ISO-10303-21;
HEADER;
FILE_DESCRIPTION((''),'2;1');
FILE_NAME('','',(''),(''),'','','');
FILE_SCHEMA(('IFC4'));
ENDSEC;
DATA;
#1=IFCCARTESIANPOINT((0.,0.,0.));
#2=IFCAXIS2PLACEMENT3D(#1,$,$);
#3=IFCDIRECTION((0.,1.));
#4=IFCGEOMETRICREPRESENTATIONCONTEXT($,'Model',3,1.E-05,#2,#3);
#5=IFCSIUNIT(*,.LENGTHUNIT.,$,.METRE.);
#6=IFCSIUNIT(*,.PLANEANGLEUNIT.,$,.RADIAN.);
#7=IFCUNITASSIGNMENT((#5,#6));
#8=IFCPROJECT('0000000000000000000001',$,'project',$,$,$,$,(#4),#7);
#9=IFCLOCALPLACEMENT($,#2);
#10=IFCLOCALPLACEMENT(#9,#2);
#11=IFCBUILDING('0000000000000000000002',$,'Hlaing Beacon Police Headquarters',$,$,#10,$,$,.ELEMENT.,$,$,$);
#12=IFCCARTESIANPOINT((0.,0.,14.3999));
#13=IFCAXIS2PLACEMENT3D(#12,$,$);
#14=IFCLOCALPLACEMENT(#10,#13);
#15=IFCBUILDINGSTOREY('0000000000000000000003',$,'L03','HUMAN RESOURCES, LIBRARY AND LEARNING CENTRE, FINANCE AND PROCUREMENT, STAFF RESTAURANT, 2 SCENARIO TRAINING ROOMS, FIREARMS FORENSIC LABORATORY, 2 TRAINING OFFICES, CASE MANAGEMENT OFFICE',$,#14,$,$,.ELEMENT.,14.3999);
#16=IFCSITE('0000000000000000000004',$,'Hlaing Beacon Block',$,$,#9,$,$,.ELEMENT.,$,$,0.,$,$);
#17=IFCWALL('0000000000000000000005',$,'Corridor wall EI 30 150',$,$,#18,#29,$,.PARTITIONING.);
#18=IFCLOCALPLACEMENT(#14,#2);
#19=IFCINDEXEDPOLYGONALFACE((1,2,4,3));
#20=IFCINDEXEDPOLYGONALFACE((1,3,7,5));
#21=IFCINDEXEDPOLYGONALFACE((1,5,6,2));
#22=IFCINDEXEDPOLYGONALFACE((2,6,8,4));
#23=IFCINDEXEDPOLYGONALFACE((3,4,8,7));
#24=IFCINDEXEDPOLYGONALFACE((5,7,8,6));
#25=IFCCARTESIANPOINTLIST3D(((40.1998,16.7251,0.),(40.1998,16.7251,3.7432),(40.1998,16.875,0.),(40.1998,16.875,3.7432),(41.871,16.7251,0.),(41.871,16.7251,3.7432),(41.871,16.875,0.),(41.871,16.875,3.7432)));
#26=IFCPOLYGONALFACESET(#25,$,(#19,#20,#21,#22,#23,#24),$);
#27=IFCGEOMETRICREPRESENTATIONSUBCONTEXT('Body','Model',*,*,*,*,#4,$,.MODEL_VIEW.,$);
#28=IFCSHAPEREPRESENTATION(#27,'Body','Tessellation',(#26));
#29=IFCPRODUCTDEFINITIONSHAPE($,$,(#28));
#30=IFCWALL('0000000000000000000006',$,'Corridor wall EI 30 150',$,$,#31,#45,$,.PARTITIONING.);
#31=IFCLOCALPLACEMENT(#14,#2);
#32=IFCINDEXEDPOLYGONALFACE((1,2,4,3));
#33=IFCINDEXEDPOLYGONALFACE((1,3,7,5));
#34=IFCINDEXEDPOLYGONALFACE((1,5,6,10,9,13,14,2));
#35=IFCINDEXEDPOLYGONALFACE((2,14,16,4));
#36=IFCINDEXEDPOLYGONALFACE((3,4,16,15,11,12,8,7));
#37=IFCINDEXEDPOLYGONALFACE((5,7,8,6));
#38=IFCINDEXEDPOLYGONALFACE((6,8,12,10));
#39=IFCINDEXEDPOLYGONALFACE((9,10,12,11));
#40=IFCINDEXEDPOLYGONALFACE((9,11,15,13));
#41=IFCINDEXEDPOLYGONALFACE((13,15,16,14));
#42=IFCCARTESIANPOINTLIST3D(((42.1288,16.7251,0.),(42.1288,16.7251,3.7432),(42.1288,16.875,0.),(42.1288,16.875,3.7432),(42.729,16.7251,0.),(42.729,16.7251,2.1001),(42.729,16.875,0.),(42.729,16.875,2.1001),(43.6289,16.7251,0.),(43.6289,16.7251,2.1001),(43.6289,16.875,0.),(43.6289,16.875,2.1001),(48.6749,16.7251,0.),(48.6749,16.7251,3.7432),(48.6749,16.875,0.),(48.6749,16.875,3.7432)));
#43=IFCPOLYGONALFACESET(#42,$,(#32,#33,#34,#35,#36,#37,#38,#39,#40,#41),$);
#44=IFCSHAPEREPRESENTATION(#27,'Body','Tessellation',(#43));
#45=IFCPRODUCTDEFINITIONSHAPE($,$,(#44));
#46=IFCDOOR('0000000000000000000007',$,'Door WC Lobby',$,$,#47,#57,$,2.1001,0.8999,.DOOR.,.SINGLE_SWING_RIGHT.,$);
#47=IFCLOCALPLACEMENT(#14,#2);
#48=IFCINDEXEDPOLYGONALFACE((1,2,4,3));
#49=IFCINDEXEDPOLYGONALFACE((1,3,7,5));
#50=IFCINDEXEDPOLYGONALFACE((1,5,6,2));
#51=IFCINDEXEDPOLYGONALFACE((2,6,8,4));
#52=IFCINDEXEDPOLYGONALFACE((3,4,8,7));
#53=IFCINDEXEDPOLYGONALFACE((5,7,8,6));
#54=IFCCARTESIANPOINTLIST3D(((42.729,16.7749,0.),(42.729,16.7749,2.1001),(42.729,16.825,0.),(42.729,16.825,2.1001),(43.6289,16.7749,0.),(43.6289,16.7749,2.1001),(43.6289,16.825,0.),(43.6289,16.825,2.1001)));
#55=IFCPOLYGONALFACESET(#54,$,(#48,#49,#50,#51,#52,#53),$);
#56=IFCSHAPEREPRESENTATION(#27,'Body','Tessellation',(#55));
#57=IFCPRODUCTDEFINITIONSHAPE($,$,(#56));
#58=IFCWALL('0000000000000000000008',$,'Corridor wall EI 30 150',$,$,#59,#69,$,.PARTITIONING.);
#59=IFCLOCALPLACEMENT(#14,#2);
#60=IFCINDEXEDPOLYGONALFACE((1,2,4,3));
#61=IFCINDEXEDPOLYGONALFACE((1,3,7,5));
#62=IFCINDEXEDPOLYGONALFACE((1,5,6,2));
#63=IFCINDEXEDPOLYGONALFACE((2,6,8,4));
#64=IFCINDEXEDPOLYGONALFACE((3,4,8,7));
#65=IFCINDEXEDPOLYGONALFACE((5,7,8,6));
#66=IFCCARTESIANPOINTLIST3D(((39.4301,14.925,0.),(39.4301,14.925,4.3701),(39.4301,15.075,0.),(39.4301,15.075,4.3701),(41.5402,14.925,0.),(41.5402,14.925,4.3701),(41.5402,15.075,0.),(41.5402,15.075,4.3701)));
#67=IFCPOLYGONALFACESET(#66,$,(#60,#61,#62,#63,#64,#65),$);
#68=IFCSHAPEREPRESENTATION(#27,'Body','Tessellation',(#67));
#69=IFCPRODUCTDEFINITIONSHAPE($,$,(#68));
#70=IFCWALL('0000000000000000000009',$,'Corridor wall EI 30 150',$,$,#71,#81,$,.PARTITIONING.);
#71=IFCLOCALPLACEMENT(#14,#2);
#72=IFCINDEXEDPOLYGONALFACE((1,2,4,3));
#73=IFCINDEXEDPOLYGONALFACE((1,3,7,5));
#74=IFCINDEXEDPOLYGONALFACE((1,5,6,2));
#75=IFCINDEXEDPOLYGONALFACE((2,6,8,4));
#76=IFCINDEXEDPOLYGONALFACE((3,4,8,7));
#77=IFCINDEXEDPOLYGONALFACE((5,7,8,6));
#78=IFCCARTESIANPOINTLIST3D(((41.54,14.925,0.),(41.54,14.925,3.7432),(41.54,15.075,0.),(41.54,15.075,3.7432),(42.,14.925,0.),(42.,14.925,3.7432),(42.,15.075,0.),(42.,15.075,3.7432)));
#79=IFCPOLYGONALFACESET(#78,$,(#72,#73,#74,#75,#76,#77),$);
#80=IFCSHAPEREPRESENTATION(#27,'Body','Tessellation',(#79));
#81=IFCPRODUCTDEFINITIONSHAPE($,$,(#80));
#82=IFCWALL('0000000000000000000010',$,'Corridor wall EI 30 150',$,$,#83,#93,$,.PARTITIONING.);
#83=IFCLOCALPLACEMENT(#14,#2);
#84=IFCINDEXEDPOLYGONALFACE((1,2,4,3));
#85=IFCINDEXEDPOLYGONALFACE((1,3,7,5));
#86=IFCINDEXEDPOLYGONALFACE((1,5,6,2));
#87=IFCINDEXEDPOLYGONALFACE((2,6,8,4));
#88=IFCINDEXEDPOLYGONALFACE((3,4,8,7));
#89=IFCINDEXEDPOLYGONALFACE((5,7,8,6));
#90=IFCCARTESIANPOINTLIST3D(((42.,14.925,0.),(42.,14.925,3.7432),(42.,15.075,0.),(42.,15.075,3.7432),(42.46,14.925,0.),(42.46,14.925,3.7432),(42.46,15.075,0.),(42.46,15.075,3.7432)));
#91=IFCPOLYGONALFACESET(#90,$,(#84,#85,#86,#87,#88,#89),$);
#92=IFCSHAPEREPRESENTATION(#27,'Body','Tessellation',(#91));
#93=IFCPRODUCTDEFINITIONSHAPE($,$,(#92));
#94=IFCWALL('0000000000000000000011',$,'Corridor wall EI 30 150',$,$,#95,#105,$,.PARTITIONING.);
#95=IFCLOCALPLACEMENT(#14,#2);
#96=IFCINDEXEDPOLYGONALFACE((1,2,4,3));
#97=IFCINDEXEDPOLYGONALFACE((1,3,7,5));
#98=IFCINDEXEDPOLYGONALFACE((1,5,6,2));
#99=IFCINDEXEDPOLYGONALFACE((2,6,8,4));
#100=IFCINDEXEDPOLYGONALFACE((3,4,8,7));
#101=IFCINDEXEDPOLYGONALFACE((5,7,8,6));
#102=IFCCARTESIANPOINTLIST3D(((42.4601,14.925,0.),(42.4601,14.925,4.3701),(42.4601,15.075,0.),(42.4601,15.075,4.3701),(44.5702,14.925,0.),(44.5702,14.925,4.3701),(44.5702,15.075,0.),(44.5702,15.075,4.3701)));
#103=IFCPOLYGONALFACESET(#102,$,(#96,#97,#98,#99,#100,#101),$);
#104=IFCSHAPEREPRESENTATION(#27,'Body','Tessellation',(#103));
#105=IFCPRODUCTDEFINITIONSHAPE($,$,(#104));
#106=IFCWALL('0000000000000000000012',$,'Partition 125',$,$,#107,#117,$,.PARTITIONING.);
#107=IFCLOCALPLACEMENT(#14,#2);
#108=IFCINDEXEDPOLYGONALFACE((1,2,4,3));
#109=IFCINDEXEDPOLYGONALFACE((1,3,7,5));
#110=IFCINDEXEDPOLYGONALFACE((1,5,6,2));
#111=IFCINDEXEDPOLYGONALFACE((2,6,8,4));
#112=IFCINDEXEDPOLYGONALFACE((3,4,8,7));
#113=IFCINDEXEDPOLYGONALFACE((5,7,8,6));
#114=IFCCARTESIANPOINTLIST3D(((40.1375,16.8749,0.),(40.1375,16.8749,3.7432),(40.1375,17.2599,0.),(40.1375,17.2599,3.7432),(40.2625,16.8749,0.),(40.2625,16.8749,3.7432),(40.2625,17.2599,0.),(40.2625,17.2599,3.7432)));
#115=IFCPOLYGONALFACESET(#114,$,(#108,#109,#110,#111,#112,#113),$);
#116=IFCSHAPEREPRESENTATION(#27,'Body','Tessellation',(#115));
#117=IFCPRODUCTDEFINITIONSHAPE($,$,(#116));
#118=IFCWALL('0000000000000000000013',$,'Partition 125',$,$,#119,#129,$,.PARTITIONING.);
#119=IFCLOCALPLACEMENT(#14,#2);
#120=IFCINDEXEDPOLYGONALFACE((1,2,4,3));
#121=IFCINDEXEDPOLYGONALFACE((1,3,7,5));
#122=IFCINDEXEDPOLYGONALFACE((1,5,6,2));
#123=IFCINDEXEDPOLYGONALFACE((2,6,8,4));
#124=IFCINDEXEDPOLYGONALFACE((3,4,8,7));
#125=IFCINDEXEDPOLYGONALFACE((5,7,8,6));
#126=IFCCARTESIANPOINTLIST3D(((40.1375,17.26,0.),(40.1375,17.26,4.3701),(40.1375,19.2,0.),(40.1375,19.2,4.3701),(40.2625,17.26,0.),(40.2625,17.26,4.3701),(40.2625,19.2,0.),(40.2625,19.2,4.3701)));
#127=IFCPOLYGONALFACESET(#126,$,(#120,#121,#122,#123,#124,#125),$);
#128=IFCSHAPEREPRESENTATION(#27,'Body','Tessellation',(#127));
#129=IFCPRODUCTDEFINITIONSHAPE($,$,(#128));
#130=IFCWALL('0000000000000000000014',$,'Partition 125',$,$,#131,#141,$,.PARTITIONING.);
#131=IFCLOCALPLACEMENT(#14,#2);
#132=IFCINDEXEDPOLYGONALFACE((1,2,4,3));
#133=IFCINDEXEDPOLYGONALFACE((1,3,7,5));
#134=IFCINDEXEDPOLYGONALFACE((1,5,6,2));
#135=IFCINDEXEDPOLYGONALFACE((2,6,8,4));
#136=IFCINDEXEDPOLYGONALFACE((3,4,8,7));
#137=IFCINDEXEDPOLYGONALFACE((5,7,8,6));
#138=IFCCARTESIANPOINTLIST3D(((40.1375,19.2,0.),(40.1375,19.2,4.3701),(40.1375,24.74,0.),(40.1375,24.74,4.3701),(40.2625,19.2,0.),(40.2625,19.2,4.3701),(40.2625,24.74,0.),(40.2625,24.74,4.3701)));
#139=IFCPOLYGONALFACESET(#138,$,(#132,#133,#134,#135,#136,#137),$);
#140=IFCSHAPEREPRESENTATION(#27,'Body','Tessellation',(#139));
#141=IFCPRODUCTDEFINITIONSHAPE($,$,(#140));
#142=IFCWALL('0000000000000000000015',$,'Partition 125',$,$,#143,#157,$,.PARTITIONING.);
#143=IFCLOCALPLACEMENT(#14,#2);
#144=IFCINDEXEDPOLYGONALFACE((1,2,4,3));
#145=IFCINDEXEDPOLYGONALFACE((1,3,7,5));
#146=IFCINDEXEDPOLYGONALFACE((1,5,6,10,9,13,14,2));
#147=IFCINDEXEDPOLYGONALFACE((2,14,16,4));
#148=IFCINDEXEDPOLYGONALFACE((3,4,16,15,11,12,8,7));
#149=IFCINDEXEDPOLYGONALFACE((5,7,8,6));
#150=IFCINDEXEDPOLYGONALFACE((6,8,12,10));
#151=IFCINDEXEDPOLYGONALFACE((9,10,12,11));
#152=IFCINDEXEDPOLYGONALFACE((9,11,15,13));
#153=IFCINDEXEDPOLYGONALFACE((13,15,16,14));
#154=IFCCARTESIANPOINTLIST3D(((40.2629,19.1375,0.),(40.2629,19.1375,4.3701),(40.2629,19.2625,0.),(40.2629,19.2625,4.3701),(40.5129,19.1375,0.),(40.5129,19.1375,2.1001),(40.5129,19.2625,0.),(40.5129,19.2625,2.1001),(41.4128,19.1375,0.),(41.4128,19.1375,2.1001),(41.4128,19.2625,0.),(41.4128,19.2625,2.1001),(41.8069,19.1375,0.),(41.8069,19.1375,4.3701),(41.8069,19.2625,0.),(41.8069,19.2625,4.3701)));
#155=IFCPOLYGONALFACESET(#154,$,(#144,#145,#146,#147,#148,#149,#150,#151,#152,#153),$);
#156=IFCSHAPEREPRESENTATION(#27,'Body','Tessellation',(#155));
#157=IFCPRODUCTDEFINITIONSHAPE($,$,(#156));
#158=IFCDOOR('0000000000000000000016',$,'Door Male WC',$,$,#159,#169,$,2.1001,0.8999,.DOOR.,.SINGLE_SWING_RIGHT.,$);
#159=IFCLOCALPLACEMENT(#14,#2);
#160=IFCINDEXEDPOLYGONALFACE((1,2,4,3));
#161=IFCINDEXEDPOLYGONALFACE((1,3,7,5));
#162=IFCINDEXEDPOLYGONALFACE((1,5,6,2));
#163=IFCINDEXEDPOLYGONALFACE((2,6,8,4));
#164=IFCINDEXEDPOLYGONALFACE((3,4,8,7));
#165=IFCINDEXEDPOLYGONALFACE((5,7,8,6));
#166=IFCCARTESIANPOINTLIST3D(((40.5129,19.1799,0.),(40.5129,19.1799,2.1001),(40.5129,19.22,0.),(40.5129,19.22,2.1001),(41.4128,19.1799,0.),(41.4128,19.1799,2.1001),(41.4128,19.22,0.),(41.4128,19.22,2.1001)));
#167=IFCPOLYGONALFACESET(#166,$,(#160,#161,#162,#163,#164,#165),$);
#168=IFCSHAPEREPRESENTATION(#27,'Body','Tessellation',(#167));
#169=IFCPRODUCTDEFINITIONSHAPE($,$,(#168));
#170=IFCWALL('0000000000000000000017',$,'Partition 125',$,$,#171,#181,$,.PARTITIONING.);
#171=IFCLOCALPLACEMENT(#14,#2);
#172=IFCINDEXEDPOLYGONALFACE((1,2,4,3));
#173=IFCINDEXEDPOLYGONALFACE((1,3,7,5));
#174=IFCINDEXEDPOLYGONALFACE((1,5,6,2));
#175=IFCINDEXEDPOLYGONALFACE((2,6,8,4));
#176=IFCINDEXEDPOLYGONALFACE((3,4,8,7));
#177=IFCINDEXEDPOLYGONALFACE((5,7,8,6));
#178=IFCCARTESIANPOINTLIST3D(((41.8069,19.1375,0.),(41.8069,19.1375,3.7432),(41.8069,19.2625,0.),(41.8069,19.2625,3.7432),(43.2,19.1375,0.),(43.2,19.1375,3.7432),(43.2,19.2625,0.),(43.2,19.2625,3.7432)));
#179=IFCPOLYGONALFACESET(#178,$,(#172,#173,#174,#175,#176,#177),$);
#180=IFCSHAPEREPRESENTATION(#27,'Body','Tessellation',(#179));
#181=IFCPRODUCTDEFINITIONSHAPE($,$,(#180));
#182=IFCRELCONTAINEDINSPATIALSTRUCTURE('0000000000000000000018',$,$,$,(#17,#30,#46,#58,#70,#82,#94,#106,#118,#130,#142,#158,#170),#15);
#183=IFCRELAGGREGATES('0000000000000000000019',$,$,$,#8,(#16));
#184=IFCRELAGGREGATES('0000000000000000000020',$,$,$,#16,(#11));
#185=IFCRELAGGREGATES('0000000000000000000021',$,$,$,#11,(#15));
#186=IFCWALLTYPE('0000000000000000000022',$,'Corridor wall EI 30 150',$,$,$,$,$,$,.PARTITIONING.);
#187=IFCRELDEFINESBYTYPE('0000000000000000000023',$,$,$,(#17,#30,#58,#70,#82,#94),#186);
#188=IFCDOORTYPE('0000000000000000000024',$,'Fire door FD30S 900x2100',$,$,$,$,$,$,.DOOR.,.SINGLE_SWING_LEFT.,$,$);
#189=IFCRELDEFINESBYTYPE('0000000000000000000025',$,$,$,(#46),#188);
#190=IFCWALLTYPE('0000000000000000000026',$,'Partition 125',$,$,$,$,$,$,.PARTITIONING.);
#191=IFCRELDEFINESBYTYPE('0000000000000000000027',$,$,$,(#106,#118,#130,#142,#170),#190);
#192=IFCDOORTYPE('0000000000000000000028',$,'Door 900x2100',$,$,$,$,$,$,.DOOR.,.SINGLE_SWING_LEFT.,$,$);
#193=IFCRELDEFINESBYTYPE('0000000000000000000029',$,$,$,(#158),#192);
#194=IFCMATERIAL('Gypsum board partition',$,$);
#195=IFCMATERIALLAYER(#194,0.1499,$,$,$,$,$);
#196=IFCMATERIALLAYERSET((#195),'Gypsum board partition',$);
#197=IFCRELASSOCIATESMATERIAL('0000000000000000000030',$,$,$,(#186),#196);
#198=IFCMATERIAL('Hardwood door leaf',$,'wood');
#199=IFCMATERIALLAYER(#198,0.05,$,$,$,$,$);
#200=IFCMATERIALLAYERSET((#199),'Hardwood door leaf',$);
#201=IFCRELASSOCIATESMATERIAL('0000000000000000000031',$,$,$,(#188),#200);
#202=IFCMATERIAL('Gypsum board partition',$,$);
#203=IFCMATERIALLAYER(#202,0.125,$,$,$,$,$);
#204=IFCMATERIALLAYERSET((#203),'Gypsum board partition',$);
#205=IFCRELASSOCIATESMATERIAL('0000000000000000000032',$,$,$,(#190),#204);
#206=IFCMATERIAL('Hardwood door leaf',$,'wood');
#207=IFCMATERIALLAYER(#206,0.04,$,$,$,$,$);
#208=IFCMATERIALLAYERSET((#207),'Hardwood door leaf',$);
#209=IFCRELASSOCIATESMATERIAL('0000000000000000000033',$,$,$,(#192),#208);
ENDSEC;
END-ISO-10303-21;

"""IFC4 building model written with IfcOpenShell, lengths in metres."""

from ifc_helpers import new_model, si_unit, direction, frame, frame_2d, origin, place, context, subcontext, project, spatial, rectangle, extrude, material, layer, layer_set, type_object, element, fill, save


model = new_model("IFC4")

# Units and contexts
model_context = context("Model", 3, precision=1e-05, world=origin(), true_north=direction((0.0, 1.0)))
body_context = subcontext(model_context, "Body", "Model", "MODEL_VIEW")
ifc_project = project(units=[si_unit("LENGTHUNIT", "METRE"), si_unit("PLANEANGLEUNIT", "RADIAN")], contexts=[model_context])

# Site, building, storey
site_placement = place(None, origin())
site = spatial("IfcSite", under=ifc_project, at=site_placement, Name="Hlaing Beacon Block", CompositionType="ELEMENT", RefElevation=0.0)
building_placement = place(site_placement, origin())
building = spatial("IfcBuilding", under=site, at=building_placement, Name="Hlaing Beacon Police Headquarters", CompositionType="ELEMENT")
storey_placement = place(building_placement, frame((0.0, 0.0, 14.3999)))
storey = spatial("IfcBuildingStorey", under=building, at=storey_placement, Name="L03", Description="HUMAN RESOURCES, LIBRARY AND LEARNING CENTRE, FINANCE AND PROCUREMENT, STAFF RESTAURANT, 2 SCENARIO TRAINING ROOMS, FIREARMS FORENSIC LABORATORY, 2 TRAINING OFFICES, CASE MANAGEMENT OFFICE", CompositionType="ELEMENT", Elevation=14.3999)

# Wall
ifc_material_1 = material(Name="Gypsum board partition")
ifc_layer_1 = layer(ifc_material_1, 0.1499)
ifc_layer_set_1 = layer_set([ifc_layer_1], Name="Gypsum board partition")
wall_type_1 = type_object("IfcWallType", Name="Corridor wall EI 30 150", PredefinedType="PARTITIONING", material=ifc_layer_set_1)
wall_1_placement = place(storey_placement, frame((40.2, 16.8, 0.0), z_axis=(0.0, 0.0, 1.0), x_axis=(1.0, 0.0, 0.0)))
element("IfcWall", 1, at=wall_1_placement, inside=storey, type_object=wall_type_1, Name="Corridor wall EI 30 150", PredefinedType="PARTITIONING", context=body_context, shape_type="SweptSolid", body=[
    extrude(rectangle(XDim=1.6711, YDim=0.1499, at=frame_2d((0.8354, 0.0))), origin(), (0.0, 0.0, 1.0), 3.7432),
])

# Wall, opening, door
wall_2_placement = place(storey_placement, frame((42.1289, 16.8, 0.0), z_axis=(0.0, 0.0, 1.0), x_axis=(1.0, 0.0, 0.0)))
wall_2 = element("IfcWall", 2, at=wall_2_placement, inside=storey, type_object=wall_type_1, Name="Corridor wall EI 30 150", PredefinedType="PARTITIONING", context=body_context, shape_type="SweptSolid", body=[
    extrude(rectangle(XDim=6.5461, YDim=0.1499, at=frame_2d((3.2729, 0.0))), origin(), (0.0, 0.0, 1.0), 3.7432),
])
opening_1_placement = place(wall_2_placement, frame((0.6001, 0.0, 0.0)))
opening_1 = element("IfcOpeningElement", 3, at=opening_1_placement, cuts=wall_2, PredefinedType="OPENING", context=body_context, shape_type="SweptSolid", body=[
    extrude(rectangle(XDim=0.8999, YDim=2.1001, at=frame_2d((0.45, 1.05))), frame((0.0, 0.085, 0.0), z_axis=(0.0, -1.0, 0.0), x_axis=(1.0, 0.0, 0.0)), (0.0, 0.0, 1.0), 0.1699),
])
ifc_material_2 = material(Name="Hardwood door leaf", Category="wood")
ifc_layer_2 = layer(ifc_material_2, 0.05)
ifc_layer_set_2 = layer_set([ifc_layer_2], Name="Hardwood door leaf")
door_type_1 = type_object("IfcDoorType", Name="Fire door FD30S 900x2100", OperationType="SINGLE_SWING_LEFT", PredefinedType="DOOR", material=ifc_layer_set_2)
door_1_placement = place(opening_1_placement, origin())
door_1 = element("IfcDoor", 4, at=door_1_placement, inside=storey, type_object=door_type_1, Name="Door WC Lobby", OperationType="SINGLE_SWING_RIGHT", OverallHeight=2.1001, OverallWidth=0.8999, PredefinedType="DOOR", context=body_context, shape_type="SweptSolid", body=[
    extrude(rectangle(XDim=0.8999, YDim=2.1001, at=frame_2d((0.45, 1.05))), frame((0.0, 0.0249, 0.0), z_axis=(0.0, -1.0, 0.0), x_axis=(1.0, 0.0, 0.0)), (0.0, 0.0, 1.0), 0.05),
])
fill(opening_1, door_1)

# Walls
wall_3_placement = place(storey_placement, frame((39.4299, 15.0, 0.0), z_axis=(0.0, 0.0, 1.0), x_axis=(1.0, 0.0, 0.0)))
element("IfcWall", 5, at=wall_3_placement, inside=storey, type_object=wall_type_1, Name="Corridor wall EI 30 150", PredefinedType="PARTITIONING", context=body_context, shape_type="SweptSolid", body=[
    extrude(rectangle(XDim=2.1101, YDim=0.1499, at=frame_2d((1.0552, 0.0))), origin(), (0.0, 0.0, 1.0), 4.3701),
])
for number, where, z_axis, x_axis, name in (
    (6, (41.54, 15.0, 0.0), (0.0, 0.0, 1.0), (1.0, 0.0, 0.0), "Corridor wall EI 30 150"),
    (7, (42.0, 15.0, 0.0), (0.0, 0.0, 1.0), (1.0, 0.0, 0.0), "Corridor wall EI 30 150"),
):
    element("IfcWall", number, at=place(storey_placement, frame(where, z_axis=z_axis, x_axis=x_axis)), inside=storey, type_object=wall_type_1, Name=name, PredefinedType="PARTITIONING", context=body_context, shape_type="SweptSolid", body=[
        extrude(rectangle(XDim=0.46, YDim=0.1499, at=frame_2d((0.23, 0.0))), origin(), (0.0, 0.0, 1.0), 3.7432),
    ])
wall_4_placement = place(storey_placement, frame((42.46, 15.0, 0.0), z_axis=(0.0, 0.0, 1.0), x_axis=(1.0, 0.0, 0.0)))
element("IfcWall", 8, at=wall_4_placement, inside=storey, type_object=wall_type_1, Name="Corridor wall EI 30 150", PredefinedType="PARTITIONING", context=body_context, shape_type="SweptSolid", body=[
    extrude(rectangle(XDim=2.1101, YDim=0.1499, at=frame_2d((1.0552, 0.0))), origin(), (0.0, 0.0, 1.0), 4.3701),
])
ifc_material_3 = material(Name="Gypsum board partition")
ifc_layer_3 = layer(ifc_material_3, 0.125)
ifc_layer_set_3 = layer_set([ifc_layer_3], Name="Gypsum board partition")
wall_type_2 = type_object("IfcWallType", Name="Partition 125", PredefinedType="PARTITIONING", material=ifc_layer_set_3)
wall_5_placement = place(storey_placement, frame((40.2, 16.875, 0.0), z_axis=(0.0, 0.0, 1.0), x_axis=(0.0, 1.0, 0.0)))
element("IfcWall", 9, at=wall_5_placement, inside=storey, type_object=wall_type_2, Name="Partition 125", PredefinedType="PARTITIONING", context=body_context, shape_type="SweptSolid", body=[
    extrude(rectangle(XDim=0.385, YDim=0.125, at=frame_2d((0.1924, 0.0))), origin(), (0.0, 0.0, 1.0), 3.7432),
])
wall_6_placement = place(storey_placement, frame((40.2, 17.26, 0.0), z_axis=(0.0, 0.0, 1.0), x_axis=(0.0, 1.0, 0.0)))
element("IfcWall", 10, at=wall_6_placement, inside=storey, type_object=wall_type_2, Name="Partition 125", PredefinedType="PARTITIONING", context=body_context, shape_type="SweptSolid", body=[
    extrude(rectangle(XDim=1.9399, YDim=0.125, at=frame_2d((0.97, 0.0))), origin(), (0.0, 0.0, 1.0), 4.3701),
])
wall_7_placement = place(storey_placement, frame((40.2, 19.2, 0.0), z_axis=(0.0, 0.0, 1.0), x_axis=(0.0, 1.0, 0.0)))
element("IfcWall", 11, at=wall_7_placement, inside=storey, type_object=wall_type_2, Name="Partition 125", PredefinedType="PARTITIONING", context=body_context, shape_type="SweptSolid", body=[
    extrude(rectangle(XDim=5.54, YDim=0.125, at=frame_2d((2.77, 0.0))), origin(), (0.0, 0.0, 1.0), 4.3701),
])

# Wall, opening, door
wall_8_placement = place(storey_placement, frame((40.2629, 19.2, 0.0), z_axis=(0.0, 0.0, 1.0), x_axis=(1.0, 0.0, 0.0)))
wall_8 = element("IfcWall", 12, at=wall_8_placement, inside=storey, type_object=wall_type_2, Name="Partition 125", PredefinedType="PARTITIONING", context=body_context, shape_type="SweptSolid", body=[
    extrude(rectangle(XDim=1.5439, YDim=0.125, at=frame_2d((0.772, 0.0))), origin(), (0.0, 0.0, 1.0), 4.3701),
])
opening_2_placement = place(wall_8_placement, frame((0.25, 0.0, 0.0)))
opening_2 = element("IfcOpeningElement", 13, at=opening_2_placement, cuts=wall_8, PredefinedType="OPENING", context=body_context, shape_type="SweptSolid", body=[
    extrude(rectangle(XDim=0.8999, YDim=2.1001, at=frame_2d((0.45, 1.05))), frame((0.0, 0.0725, 0.0), z_axis=(0.0, -1.0, 0.0), x_axis=(1.0, 0.0, 0.0)), (0.0, 0.0, 1.0), 0.145),
])
ifc_material_4 = material(Name="Hardwood door leaf", Category="wood")
ifc_layer_4 = layer(ifc_material_4, 0.04)
ifc_layer_set_4 = layer_set([ifc_layer_4], Name="Hardwood door leaf")
door_type_2 = type_object("IfcDoorType", Name="Door 900x2100", OperationType="SINGLE_SWING_LEFT", PredefinedType="DOOR", material=ifc_layer_set_4)
door_2_placement = place(opening_2_placement, origin())
door_2 = element("IfcDoor", 14, at=door_2_placement, inside=storey, type_object=door_type_2, Name="Door Male WC", OperationType="SINGLE_SWING_RIGHT", OverallHeight=2.1001, OverallWidth=0.8999, PredefinedType="DOOR", context=body_context, shape_type="SweptSolid", body=[
    extrude(rectangle(XDim=0.8999, YDim=2.1001, at=frame_2d((0.45, 1.05))), frame((0.0, 0.02, 0.0), z_axis=(0.0, -1.0, 0.0), x_axis=(1.0, 0.0, 0.0)), (0.0, 0.0, 1.0), 0.04),
])
fill(opening_2, door_2)

# Wall
wall_9_placement = place(storey_placement, frame((41.8069, 19.2, 0.0), z_axis=(0.0, 0.0, 1.0), x_axis=(1.0, 0.0, 0.0)))
element("IfcWall", 15, at=wall_9_placement, inside=storey, type_object=wall_type_2, Name="Partition 125", PredefinedType="PARTITIONING", context=body_context, shape_type="SweptSolid", body=[
    extrude(rectangle(XDim=1.3931, YDim=0.125, at=frame_2d((0.6965, 0.0))), origin(), (0.0, 0.0, 1.0), 3.7432),
])

save(model, "model.ifc")
